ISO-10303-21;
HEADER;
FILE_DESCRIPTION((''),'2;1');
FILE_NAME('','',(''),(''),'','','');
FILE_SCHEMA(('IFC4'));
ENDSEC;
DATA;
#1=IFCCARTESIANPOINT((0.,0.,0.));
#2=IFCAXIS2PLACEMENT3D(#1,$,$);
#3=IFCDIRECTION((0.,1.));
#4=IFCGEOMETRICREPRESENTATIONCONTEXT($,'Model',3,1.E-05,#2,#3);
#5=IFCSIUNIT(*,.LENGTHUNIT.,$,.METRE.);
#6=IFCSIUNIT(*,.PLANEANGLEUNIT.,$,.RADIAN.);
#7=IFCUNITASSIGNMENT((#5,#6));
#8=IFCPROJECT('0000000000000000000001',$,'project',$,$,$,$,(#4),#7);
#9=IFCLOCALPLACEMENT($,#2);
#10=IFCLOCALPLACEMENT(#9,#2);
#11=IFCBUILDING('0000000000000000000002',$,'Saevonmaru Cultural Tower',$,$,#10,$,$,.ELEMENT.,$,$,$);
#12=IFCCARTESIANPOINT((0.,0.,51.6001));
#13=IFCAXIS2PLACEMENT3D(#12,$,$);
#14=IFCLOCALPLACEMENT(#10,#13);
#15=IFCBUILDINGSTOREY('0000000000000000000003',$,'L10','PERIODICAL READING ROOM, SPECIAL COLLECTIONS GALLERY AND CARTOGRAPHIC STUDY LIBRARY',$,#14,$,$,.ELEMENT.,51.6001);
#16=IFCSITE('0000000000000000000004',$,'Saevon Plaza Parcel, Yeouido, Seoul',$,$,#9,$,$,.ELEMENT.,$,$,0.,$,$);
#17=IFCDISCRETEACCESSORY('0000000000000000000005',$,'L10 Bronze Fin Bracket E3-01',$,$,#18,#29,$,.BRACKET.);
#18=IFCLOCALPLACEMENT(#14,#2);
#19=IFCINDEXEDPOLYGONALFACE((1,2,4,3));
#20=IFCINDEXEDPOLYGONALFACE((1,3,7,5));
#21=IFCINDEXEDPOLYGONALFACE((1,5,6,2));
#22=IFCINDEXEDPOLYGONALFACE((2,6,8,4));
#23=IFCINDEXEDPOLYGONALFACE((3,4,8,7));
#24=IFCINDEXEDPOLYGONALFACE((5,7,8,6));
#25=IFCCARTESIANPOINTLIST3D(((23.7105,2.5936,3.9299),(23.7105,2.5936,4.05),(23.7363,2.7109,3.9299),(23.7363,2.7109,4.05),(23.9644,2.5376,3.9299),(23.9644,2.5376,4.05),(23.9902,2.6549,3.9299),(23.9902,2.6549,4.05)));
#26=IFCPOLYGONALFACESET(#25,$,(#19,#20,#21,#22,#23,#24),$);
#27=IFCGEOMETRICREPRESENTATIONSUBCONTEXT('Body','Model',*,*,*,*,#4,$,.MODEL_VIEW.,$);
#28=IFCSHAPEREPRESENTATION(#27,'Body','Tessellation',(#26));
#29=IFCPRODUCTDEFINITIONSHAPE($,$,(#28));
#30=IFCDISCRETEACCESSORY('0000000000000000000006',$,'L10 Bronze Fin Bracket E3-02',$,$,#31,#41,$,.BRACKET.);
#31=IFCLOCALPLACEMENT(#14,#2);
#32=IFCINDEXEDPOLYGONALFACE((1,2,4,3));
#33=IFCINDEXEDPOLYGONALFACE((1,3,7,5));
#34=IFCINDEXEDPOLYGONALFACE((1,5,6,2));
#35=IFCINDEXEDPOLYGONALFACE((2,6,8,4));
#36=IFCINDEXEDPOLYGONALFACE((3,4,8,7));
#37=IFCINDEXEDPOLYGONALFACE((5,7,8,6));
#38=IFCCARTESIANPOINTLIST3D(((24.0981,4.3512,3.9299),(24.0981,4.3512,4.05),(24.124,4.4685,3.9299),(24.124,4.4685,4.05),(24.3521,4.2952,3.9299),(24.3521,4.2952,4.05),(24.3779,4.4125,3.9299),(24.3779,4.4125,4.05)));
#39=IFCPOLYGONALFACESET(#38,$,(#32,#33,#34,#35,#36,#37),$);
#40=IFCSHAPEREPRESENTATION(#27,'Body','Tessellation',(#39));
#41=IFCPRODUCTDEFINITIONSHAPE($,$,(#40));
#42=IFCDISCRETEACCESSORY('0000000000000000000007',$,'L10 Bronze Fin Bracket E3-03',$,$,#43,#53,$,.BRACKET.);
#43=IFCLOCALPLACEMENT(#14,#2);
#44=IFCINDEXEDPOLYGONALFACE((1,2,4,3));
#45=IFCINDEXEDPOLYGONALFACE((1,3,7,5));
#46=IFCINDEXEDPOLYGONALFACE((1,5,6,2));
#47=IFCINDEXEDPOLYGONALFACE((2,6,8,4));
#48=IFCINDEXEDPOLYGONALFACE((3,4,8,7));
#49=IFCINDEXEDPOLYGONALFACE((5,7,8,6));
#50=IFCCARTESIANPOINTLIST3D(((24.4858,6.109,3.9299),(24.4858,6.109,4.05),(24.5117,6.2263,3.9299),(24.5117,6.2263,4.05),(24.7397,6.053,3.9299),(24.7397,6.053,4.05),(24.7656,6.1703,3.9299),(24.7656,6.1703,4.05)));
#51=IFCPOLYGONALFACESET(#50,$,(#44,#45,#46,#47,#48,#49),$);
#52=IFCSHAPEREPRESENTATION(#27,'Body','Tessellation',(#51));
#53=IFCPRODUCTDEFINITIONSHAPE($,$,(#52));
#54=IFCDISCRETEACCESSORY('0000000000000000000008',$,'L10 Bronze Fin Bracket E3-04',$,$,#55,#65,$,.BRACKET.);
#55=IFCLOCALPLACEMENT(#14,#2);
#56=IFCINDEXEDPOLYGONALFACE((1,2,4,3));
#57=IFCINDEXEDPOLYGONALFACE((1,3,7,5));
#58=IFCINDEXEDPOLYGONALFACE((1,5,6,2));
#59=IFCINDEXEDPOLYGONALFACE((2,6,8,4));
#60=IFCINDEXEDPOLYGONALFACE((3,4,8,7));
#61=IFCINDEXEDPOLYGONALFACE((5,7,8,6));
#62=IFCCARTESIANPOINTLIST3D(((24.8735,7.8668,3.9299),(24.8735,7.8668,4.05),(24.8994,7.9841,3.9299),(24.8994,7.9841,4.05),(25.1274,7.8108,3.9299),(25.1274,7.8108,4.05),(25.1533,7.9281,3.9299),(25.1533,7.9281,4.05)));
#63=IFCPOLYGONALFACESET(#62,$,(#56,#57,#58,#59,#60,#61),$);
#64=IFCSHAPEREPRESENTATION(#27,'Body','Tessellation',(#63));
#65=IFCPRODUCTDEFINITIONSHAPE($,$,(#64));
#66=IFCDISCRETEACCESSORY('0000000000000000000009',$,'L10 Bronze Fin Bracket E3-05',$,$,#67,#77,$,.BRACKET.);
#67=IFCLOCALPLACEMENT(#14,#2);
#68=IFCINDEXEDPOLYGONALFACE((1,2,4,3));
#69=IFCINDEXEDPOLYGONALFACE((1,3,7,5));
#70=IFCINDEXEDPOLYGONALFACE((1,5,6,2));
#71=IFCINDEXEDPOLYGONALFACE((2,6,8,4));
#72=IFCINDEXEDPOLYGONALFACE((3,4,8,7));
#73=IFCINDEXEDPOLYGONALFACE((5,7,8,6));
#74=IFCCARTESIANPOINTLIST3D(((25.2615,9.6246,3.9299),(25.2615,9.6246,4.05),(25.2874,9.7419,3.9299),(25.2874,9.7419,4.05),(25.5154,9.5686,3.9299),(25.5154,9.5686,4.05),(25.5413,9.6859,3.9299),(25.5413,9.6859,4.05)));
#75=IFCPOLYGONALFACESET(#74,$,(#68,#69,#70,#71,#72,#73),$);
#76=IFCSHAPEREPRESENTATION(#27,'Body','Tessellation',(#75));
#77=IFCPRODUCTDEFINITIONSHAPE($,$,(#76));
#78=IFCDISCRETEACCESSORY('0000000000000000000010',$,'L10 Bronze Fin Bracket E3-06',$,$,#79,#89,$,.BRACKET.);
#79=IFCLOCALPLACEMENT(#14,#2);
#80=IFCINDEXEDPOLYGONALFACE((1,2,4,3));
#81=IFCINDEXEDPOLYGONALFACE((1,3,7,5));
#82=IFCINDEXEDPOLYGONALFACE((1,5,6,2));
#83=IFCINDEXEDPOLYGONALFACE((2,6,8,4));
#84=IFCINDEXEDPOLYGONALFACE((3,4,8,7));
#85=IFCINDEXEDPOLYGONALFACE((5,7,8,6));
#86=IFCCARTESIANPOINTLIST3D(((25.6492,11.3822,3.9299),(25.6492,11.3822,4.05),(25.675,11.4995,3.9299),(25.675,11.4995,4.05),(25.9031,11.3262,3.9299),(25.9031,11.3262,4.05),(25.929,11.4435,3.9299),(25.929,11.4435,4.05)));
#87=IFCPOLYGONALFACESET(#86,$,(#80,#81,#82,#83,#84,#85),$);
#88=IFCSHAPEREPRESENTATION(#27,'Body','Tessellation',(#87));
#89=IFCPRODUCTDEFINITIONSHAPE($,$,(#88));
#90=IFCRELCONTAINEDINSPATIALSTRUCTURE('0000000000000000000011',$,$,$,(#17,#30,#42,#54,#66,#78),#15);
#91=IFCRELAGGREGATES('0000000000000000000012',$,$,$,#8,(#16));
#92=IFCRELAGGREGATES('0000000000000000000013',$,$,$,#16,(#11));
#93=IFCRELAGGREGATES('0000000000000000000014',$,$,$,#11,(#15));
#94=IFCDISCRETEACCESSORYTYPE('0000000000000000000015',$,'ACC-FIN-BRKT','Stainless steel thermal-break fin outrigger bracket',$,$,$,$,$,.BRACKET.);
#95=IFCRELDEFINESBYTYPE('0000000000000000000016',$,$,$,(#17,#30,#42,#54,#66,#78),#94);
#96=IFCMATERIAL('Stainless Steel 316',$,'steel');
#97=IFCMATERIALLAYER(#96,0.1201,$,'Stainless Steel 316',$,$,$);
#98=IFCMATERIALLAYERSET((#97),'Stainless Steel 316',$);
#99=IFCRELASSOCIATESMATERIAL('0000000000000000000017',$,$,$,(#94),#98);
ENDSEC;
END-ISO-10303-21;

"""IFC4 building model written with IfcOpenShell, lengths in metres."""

from ifc_helpers import new_model, si_unit, direction, frame, origin, origin_2d, place, context, subcontext, project, spatial, rectangle, extrude, material, layer, layer_set, type_object, element, save


model = new_model("IFC4")

# Units and contexts
model_context = context("Model", 3, precision=1e-05, world=origin(), true_north=direction((0.0, 1.0)))
body_context = subcontext(model_context, "Body", "Model", "MODEL_VIEW")
ifc_project = project(units=[si_unit("LENGTHUNIT", "METRE"), si_unit("PLANEANGLEUNIT", "RADIAN")], contexts=[model_context])

# Site, building, storey
site_placement = place(None, origin())
site = spatial("IfcSite", under=ifc_project, at=site_placement, Name="Saevon Plaza Parcel, Yeouido, Seoul", CompositionType="ELEMENT", RefElevation=0.0)
building_placement = place(site_placement, origin())
building = spatial("IfcBuilding", under=site, at=building_placement, Name="Saevonmaru Cultural Tower", CompositionType="ELEMENT")
storey_placement = place(building_placement, frame((0.0, 0.0, 51.6001)))
storey = spatial("IfcBuildingStorey", under=building, at=storey_placement, Name="L10", Description="PERIODICAL READING ROOM, SPECIAL COLLECTIONS GALLERY AND CARTOGRAPHIC STUDY LIBRARY", CompositionType="ELEMENT", Elevation=51.6001)

# Discrete accessories
ifc_material_1 = material(Name="Stainless Steel 316", Category="steel")
ifc_layer_1 = layer(ifc_material_1, 0.1201, Name="Stainless Steel 316")
ifc_layer_set_1 = layer_set([ifc_layer_1], Name="Stainless Steel 316")
discrete_accessory_type = type_object("IfcDiscreteAccessoryType", Name="ACC-FIN-BRKT", Description="Stainless steel thermal-break fin outrigger bracket", PredefinedType="BRACKET", material=ifc_layer_set_1)
for number, where, z_axis, x_axis, name in (
    (1, (23.8503, 2.6243, 3.9299), (0.0, 0.0, 1.0), (0.976522, -0.215417, 0.0), "L10 Bronze Fin Bracket E3-01"),
    (2, (24.238, 4.3818, 3.9299), (0.0, 0.0, 1.0), (0.976522, -0.215417, 0.0), "L10 Bronze Fin Bracket E3-02"),
    (3, (24.6257, 6.1396, 3.9299), (0.0, 0.0, 1.0), (0.976522, -0.215417, 0.0), "L10 Bronze Fin Bracket E3-03"),
    (4, (25.0134, 7.8975, 3.9299), (0.0, 0.0, 1.0), (0.976522, -0.215417, 0.0), "L10 Bronze Fin Bracket E3-04"),
    (5, (25.4014, 9.6553, 3.9299), (0.0, 0.0, 1.0), (0.976522, -0.215417, 0.0), "L10 Bronze Fin Bracket E3-05"),
    (6, (25.7891, 11.4128, 3.9299), (0.0, 0.0, 1.0), (0.976522, -0.215417, 0.0), "L10 Bronze Fin Bracket E3-06"),
):
    element("IfcDiscreteAccessory", number, at=place(storey_placement, frame(where, z_axis=z_axis, x_axis=x_axis)), inside=storey, type_object=discrete_accessory_type, Name=name, PredefinedType="BRACKET", context=body_context, shape_type="SweptSolid", body=[
        extrude(rectangle(XDim=0.26, YDim=0.1201, at=origin_2d()), origin(), (0.0, 0.0, 1.0), 0.1201),
    ])

save(model, "model.ifc")
